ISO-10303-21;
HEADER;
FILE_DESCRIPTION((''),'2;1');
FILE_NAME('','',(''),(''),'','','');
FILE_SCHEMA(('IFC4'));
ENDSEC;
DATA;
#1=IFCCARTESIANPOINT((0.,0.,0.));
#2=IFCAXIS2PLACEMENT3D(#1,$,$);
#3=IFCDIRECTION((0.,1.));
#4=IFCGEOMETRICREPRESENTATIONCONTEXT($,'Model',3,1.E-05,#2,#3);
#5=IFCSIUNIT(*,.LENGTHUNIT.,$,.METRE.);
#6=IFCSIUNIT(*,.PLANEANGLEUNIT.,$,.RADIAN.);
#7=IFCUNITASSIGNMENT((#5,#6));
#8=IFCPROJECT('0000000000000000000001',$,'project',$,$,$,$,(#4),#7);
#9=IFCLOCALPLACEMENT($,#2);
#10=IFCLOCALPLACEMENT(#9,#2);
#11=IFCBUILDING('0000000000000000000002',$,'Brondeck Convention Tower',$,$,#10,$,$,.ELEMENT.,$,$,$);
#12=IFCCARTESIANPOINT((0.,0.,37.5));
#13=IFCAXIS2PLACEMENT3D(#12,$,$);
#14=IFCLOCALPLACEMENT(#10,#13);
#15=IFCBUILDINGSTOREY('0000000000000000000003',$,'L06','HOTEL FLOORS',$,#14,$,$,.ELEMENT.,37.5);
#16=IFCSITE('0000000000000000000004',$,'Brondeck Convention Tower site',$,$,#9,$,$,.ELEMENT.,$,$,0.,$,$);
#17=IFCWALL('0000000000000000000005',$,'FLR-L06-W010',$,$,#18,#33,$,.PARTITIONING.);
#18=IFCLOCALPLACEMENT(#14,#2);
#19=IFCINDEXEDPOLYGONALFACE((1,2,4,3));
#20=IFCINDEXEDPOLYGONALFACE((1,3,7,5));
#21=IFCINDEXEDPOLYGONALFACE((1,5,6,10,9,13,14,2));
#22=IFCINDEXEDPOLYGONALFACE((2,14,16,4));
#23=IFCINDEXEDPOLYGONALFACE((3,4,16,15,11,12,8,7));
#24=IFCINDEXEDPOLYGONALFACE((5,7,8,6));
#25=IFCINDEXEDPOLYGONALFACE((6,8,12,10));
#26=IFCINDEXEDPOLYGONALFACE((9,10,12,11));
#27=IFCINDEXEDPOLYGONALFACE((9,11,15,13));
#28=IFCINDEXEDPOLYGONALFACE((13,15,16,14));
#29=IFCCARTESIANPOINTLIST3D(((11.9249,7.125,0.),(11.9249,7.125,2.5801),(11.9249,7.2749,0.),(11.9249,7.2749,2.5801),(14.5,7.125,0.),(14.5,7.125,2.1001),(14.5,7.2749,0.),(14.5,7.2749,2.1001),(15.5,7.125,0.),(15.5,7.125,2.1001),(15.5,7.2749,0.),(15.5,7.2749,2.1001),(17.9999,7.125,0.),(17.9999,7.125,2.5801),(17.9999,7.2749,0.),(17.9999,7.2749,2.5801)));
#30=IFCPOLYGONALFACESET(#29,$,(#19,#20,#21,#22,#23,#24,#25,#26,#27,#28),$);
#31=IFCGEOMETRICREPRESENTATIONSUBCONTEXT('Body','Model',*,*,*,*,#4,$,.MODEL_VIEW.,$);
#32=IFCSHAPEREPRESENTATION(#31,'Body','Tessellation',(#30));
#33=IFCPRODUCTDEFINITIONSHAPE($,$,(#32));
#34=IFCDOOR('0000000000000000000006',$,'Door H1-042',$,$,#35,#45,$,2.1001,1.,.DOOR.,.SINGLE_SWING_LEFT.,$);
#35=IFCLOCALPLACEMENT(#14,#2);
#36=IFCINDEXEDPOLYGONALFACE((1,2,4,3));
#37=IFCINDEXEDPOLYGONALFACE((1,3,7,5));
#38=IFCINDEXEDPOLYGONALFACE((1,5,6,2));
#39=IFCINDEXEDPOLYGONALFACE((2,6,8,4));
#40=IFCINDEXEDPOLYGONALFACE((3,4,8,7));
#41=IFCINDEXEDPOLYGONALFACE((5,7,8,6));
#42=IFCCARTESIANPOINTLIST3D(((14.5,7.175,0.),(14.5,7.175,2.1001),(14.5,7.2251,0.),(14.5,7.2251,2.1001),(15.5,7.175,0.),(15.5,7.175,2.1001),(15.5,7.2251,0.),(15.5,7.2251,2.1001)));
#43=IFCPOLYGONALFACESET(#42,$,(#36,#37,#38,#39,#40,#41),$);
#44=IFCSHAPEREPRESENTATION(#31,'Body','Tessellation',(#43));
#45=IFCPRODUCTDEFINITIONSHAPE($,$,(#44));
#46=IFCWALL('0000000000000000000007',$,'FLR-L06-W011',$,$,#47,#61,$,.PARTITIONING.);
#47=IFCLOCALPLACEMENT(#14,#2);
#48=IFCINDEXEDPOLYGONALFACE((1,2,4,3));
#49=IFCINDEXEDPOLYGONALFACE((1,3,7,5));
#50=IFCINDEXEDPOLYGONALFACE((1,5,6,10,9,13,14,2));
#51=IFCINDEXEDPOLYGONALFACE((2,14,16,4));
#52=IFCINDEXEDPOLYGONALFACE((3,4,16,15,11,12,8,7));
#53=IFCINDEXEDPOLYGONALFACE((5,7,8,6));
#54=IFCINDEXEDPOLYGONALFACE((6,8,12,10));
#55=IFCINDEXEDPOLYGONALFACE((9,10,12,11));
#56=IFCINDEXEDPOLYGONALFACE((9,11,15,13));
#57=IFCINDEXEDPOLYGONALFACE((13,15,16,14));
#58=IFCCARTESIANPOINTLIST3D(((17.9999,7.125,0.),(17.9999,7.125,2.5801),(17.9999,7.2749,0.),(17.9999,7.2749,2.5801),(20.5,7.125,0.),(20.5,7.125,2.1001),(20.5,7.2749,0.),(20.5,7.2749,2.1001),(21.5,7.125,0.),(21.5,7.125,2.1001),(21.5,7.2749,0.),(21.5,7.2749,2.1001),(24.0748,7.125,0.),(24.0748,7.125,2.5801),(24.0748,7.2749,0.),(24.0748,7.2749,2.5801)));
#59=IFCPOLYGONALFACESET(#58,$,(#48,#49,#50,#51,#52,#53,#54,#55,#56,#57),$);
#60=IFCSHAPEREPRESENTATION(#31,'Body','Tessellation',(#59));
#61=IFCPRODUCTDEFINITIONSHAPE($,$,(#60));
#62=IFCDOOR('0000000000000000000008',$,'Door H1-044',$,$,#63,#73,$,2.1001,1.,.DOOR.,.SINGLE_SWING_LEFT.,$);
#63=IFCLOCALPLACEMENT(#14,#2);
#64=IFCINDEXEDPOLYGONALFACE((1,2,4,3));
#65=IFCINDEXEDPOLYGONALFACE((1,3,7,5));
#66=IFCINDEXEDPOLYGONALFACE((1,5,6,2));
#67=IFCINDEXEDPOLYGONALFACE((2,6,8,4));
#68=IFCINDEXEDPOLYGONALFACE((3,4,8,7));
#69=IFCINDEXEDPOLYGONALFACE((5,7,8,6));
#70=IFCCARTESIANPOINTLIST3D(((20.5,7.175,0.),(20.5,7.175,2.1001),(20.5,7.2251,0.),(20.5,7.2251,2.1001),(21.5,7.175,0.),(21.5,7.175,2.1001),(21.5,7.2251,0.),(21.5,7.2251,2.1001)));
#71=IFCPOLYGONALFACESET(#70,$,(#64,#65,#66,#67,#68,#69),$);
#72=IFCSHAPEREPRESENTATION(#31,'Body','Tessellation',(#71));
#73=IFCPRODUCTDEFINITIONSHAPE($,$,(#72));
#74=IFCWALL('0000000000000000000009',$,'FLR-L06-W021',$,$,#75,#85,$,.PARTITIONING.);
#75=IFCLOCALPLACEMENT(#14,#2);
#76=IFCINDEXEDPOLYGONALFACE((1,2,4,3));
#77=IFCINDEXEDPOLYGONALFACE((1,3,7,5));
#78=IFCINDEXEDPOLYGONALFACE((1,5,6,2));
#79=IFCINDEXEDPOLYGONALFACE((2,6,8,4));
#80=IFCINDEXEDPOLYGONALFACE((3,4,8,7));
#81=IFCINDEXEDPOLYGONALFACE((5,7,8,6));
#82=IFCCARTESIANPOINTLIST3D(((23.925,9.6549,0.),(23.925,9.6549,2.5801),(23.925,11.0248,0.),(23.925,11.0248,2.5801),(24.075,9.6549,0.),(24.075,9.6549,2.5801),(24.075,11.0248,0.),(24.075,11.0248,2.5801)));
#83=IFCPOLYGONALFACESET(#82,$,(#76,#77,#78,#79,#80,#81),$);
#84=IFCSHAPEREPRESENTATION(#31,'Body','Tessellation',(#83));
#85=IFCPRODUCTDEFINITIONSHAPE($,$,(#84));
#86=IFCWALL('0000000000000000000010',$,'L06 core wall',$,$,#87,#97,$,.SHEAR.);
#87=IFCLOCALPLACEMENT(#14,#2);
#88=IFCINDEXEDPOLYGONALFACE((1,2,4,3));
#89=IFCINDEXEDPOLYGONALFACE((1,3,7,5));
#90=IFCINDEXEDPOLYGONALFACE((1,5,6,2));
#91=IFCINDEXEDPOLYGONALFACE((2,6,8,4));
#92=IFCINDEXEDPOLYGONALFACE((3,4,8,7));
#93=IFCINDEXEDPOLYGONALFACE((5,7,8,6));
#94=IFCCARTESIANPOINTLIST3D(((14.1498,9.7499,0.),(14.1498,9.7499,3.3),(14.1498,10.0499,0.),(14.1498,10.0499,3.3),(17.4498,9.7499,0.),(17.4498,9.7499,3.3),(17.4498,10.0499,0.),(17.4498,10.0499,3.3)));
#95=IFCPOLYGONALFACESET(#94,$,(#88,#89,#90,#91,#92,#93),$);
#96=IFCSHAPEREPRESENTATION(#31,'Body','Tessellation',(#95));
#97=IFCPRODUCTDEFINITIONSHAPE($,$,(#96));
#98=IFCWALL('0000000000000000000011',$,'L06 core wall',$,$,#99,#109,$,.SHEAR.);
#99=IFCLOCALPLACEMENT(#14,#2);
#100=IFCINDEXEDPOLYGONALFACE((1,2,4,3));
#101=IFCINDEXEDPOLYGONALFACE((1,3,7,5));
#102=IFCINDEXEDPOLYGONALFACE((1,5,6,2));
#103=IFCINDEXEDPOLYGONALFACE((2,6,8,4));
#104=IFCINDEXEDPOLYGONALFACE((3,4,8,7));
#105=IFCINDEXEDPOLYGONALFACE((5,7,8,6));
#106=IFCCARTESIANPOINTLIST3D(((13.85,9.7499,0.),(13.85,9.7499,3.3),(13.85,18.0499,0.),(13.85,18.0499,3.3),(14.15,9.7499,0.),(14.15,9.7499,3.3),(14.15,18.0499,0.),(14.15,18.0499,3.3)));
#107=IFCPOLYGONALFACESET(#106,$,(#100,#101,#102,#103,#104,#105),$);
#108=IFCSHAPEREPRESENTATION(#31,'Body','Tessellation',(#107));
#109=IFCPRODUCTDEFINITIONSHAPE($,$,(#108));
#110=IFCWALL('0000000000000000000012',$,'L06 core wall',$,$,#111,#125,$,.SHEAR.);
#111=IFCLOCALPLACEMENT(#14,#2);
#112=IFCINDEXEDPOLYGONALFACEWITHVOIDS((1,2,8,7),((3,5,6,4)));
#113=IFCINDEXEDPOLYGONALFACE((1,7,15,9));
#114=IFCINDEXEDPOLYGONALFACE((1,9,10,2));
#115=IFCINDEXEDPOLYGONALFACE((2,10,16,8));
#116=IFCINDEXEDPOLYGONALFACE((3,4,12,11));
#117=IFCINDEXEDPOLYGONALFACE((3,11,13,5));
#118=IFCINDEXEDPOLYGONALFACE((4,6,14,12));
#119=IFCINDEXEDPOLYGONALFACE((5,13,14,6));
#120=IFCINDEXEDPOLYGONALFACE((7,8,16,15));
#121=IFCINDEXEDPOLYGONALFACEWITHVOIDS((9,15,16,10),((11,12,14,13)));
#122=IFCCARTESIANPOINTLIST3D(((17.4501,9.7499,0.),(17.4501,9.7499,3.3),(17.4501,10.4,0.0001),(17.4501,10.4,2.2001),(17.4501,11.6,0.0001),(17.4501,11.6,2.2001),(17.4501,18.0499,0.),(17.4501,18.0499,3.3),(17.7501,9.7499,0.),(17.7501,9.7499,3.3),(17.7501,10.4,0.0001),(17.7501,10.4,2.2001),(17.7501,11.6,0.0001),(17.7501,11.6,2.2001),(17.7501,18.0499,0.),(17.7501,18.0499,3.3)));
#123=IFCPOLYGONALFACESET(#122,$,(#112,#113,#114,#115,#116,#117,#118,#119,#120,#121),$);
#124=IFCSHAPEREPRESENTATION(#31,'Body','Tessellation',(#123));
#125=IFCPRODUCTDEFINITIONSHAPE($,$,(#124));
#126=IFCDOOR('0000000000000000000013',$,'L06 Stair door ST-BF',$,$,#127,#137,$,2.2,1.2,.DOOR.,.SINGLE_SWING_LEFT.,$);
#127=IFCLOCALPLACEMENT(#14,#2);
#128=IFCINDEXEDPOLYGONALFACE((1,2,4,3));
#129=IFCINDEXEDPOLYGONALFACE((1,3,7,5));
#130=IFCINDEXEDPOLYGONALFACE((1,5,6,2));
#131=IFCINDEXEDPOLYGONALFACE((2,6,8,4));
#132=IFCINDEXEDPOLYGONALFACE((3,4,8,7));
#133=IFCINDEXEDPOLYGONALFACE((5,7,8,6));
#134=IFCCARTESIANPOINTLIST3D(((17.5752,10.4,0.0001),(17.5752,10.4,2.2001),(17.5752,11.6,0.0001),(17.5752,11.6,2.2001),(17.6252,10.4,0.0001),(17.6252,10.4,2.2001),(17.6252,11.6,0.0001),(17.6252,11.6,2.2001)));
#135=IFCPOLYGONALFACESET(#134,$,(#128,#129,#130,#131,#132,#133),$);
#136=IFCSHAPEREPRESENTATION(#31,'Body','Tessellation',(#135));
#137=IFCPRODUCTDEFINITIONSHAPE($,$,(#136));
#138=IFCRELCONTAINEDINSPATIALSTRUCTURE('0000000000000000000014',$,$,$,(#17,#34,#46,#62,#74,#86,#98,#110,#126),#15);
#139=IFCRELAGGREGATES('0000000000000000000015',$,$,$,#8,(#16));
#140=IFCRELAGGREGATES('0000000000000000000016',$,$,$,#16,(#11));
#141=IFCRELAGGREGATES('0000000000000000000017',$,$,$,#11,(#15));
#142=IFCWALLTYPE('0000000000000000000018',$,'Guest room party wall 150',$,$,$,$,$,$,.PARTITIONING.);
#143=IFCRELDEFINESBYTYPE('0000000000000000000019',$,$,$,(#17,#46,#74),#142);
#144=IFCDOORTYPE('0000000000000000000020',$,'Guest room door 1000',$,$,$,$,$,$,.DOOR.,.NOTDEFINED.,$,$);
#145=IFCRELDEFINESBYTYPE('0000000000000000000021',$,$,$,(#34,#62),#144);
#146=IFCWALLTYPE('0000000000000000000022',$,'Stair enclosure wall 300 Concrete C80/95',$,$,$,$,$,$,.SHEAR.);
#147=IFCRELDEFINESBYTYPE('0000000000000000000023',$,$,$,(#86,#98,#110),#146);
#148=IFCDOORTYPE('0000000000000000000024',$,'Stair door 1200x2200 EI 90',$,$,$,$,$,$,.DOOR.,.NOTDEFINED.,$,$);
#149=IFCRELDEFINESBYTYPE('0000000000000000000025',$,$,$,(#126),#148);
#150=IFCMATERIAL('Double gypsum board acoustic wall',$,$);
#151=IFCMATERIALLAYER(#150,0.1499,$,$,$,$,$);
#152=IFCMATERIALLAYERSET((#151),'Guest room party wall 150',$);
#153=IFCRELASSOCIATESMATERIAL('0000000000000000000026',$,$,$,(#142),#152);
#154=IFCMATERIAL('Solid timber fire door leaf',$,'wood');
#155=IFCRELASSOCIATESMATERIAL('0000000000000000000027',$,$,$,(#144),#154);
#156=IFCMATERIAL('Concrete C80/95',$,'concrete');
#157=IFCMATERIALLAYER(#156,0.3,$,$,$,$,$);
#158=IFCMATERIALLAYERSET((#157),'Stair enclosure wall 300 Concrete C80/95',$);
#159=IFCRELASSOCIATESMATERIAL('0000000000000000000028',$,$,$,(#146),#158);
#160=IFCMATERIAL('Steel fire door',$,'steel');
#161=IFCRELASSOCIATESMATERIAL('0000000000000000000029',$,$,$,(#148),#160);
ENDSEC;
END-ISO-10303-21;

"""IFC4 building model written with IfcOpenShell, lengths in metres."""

from ifc_helpers import new_model, si_unit, direction, frame, frame_2d, origin, place, context, subcontext, project, spatial, rectangle, extrude, material, layer, layer_set, type_object, element, fill, save


model = new_model("IFC4")

# Units and contexts
model_context = context("Model", 3, precision=1e-05, world=origin(), true_north=direction((0.0, 1.0)))
body_context = subcontext(model_context, "Body", "Model", "MODEL_VIEW")
ifc_project = project(units=[si_unit("LENGTHUNIT", "METRE"), si_unit("PLANEANGLEUNIT", "RADIAN")], contexts=[model_context])

# Site, building, storey
site_placement = place(None, origin())
site = spatial("IfcSite", under=ifc_project, at=site_placement, Name="Brondeck Convention Tower site", CompositionType="ELEMENT", RefElevation=0.0)
building_placement = place(site_placement, origin())
building = spatial("IfcBuilding", under=site, at=building_placement, Name="Brondeck Convention Tower", CompositionType="ELEMENT")
storey_placement = place(building_placement, frame((0.0, 0.0, 37.5)))
storey = spatial("IfcBuildingStorey", under=building, at=storey_placement, Name="L06", Description="HOTEL FLOORS", CompositionType="ELEMENT", Elevation=37.5)

# Shared definitions
ifc_material_1 = material(Name="Concrete C80/95", Category="concrete")

# Shared definitions
ifc_material_2 = material(Name="Double gypsum board acoustic wall")
ifc_layer_1 = layer(ifc_material_2, 0.1499)
ifc_layer_set_1 = layer_set([ifc_layer_1], Name="Guest room party wall 150")
wall_type_1 = type_object("IfcWallType", Name="Guest room party wall 150", PredefinedType="PARTITIONING", material=ifc_layer_set_1)

# Walls, openings, doors
wall_1_placement = place(storey_placement, frame((18.0, 7.2, 0.0), z_axis=(0.0, 0.0, 1.0), x_axis=(-1.0, 0.0, 0.0)))
wall_1 = element("IfcWall", 1, at=wall_1_placement, inside=storey, type_object=wall_type_1, Name="FLR-L06-W010", PredefinedType="PARTITIONING", context=body_context, shape_type="SweptSolid", body=[
    extrude(rectangle(XDim=6.075, YDim=0.1499, at=frame_2d((3.0376, 0.0))), origin(), (0.0, 0.0, 1.0), 2.5801),
])
opening_1_placement = place(wall_1_placement, frame((2.5, 0.0, 0.0)))
opening_1 = element("IfcOpeningElement", 2, at=opening_1_placement, cuts=wall_1, PredefinedType="OPENING", context=body_context, shape_type="SweptSolid", body=[
    extrude(rectangle(XDim=1.0, YDim=2.1001, at=frame_2d((0.5, 1.05))), frame((0.0, 0.085, 0.0), z_axis=(0.0, -1.0, 0.0), x_axis=(1.0, 0.0, 0.0)), (0.0, 0.0, 1.0), 0.1699),
])
ifc_material_3 = material(Name="Solid timber fire door leaf", Category="wood")
door_type_1 = type_object("IfcDoorType", Name="Guest room door 1000", OperationType="NOTDEFINED", PredefinedType="DOOR", material=ifc_material_3)
door_1_placement = place(opening_1_placement, origin())
door_1 = element("IfcDoor", 3, at=door_1_placement, inside=storey, type_object=door_type_1, Name="Door H1-042", OperationType="SINGLE_SWING_LEFT", OverallHeight=2.1001, OverallWidth=1.0, PredefinedType="DOOR", context=body_context, shape_type="SweptSolid", body=[
    extrude(rectangle(XDim=1.0, YDim=2.1001, at=frame_2d((0.5, 1.05))), frame((0.0, 0.0249, 0.0), z_axis=(0.0, -1.0, 0.0), x_axis=(1.0, 0.0, 0.0)), (0.0, 0.0, 1.0), 0.05),
])
fill(opening_1, door_1)
wall_2_placement = place(storey_placement, frame((24.075, 7.2, 0.0), z_axis=(0.0, 0.0, 1.0), x_axis=(-1.0, 0.0, 0.0)))
wall_2 = element("IfcWall", 4, at=wall_2_placement, inside=storey, type_object=wall_type_1, Name="FLR-L06-W011", PredefinedType="PARTITIONING", context=body_context, shape_type="SweptSolid", body=[
    extrude(rectangle(XDim=6.075, YDim=0.1499, at=frame_2d((3.0376, 0.0))), origin(), (0.0, 0.0, 1.0), 2.5801),
])
opening_2_placement = place(wall_2_placement, frame((2.575, 0.0, 0.0)))
opening_2 = element("IfcOpeningElement", 5, at=opening_2_placement, cuts=wall_2, PredefinedType="OPENING", context=body_context, shape_type="SweptSolid", body=[
    extrude(rectangle(XDim=1.0, YDim=2.1001, at=frame_2d((0.5, 1.05))), frame((0.0, 0.085, 0.0), z_axis=(0.0, -1.0, 0.0), x_axis=(1.0, 0.0, 0.0)), (0.0, 0.0, 1.0), 0.1699),
])
door_2_placement = place(opening_2_placement, origin())
door_2 = element("IfcDoor", 6, at=door_2_placement, inside=storey, type_object=door_type_1, Name="Door H1-044", OperationType="SINGLE_SWING_LEFT", OverallHeight=2.1001, OverallWidth=1.0, PredefinedType="DOOR", context=body_context, shape_type="SweptSolid", body=[
    extrude(rectangle(XDim=1.0, YDim=2.1001, at=frame_2d((0.5, 1.05))), frame((0.0, 0.0249, 0.0), z_axis=(0.0, -1.0, 0.0), x_axis=(1.0, 0.0, 0.0)), (0.0, 0.0, 1.0), 0.05),
])
fill(opening_2, door_2)

# Walls
wall_3_placement = place(storey_placement, frame((24.0, 11.0249, 0.0), z_axis=(0.0, 0.0, 1.0), x_axis=(0.0, -1.0, 0.0)))
element("IfcWall", 7, at=wall_3_placement, inside=storey, type_object=wall_type_1, Name="FLR-L06-W021", PredefinedType="PARTITIONING", context=body_context, shape_type="SweptSolid", body=[
    extrude(rectangle(XDim=1.3699, YDim=0.1499, at=frame_2d((0.6851, 0.0))), origin(), (0.0, 0.0, 1.0), 2.5801),
])
ifc_layer_2 = layer(ifc_material_1, 0.3)
ifc_layer_set_2 = layer_set([ifc_layer_2], Name="Stair enclosure wall 300 Concrete C80/95")
wall_type_2 = type_object("IfcWallType", Name="Stair enclosure wall 300 Concrete C80/95", PredefinedType="SHEAR", material=ifc_layer_set_2)
wall_4_placement = place(storey_placement, frame((14.1499, 9.8999, 0.0), z_axis=(0.0, 0.0, 1.0), x_axis=(1.0, 0.0, 0.0)))
element("IfcWall", 8, at=wall_4_placement, inside=storey, type_object=wall_type_2, Name="L06 core wall", PredefinedType="SHEAR", context=body_context, shape_type="SweptSolid", body=[
    extrude(rectangle(XDim=3.3, YDim=0.3, at=frame_2d((1.6499, 0.0))), origin(), (0.0, 0.0, 1.0), 3.3),
])
wall_5_placement = place(storey_placement, frame((14.0, 9.75, 0.0), z_axis=(0.0, 0.0, 1.0), x_axis=(0.0, 1.0, 0.0)))
element("IfcWall", 9, at=wall_5_placement, inside=storey, type_object=wall_type_2, Name="L06 core wall", PredefinedType="SHEAR", context=body_context, shape_type="SweptSolid", body=[
    extrude(rectangle(XDim=8.3, YDim=0.3, at=frame_2d((4.1499, 0.0))), origin(), (0.0, 0.0, 1.0), 3.3),
])

# Wall, opening, door
wall_6_placement = place(storey_placement, frame((17.6001, 9.75, 0.0), z_axis=(0.0, 0.0, 1.0), x_axis=(0.0, 1.0, 0.0)))
wall_6 = element("IfcWall", 10, at=wall_6_placement, inside=storey, type_object=wall_type_2, Name="L06 core wall", PredefinedType="SHEAR", context=body_context, shape_type="SweptSolid", body=[
    extrude(rectangle(XDim=8.3, YDim=0.3, at=frame_2d((4.1499, 0.0))), origin(), (0.0, 0.0, 1.0), 3.3),
])
opening_3_placement = place(wall_6_placement, frame((0.6499, 0.0, 0.0)))
opening_3 = element("IfcOpeningElement", 11, at=opening_3_placement, cuts=wall_6, PredefinedType="OPENING", context=body_context, shape_type="SweptSolid", body=[
    extrude(rectangle(XDim=1.2, YDim=2.2, at=frame_2d((0.6001, 1.1001))), frame((0.0, 0.1599, 0.0), z_axis=(0.0, -1.0, 0.0), x_axis=(1.0, 0.0, 0.0)), (0.0, 0.0, 1.0), 0.3201),
])
ifc_material_4 = material(Name="Steel fire door", Category="steel")
door_type_2 = type_object("IfcDoorType", Name="Stair door 1200x2200 EI 90", OperationType="NOTDEFINED", PredefinedType="DOOR", material=ifc_material_4)
door_3_placement = place(opening_3_placement, origin())
door_3 = element("IfcDoor", 12, at=door_3_placement, inside=storey, type_object=door_type_2, Name="L06 Stair door ST-BF", OperationType="SINGLE_SWING_LEFT", OverallHeight=2.2, OverallWidth=1.2, PredefinedType="DOOR", context=body_context, shape_type="SweptSolid", body=[
    extrude(rectangle(XDim=1.2, YDim=2.2, at=frame_2d((0.6001, 1.1001))), frame((0.0, 0.0249, 0.0), z_axis=(0.0, -1.0, 0.0), x_axis=(1.0, 0.0, 0.0)), (0.0, 0.0, 1.0), 0.05),
])
fill(opening_3, door_3)

save(model, "model.ifc")
